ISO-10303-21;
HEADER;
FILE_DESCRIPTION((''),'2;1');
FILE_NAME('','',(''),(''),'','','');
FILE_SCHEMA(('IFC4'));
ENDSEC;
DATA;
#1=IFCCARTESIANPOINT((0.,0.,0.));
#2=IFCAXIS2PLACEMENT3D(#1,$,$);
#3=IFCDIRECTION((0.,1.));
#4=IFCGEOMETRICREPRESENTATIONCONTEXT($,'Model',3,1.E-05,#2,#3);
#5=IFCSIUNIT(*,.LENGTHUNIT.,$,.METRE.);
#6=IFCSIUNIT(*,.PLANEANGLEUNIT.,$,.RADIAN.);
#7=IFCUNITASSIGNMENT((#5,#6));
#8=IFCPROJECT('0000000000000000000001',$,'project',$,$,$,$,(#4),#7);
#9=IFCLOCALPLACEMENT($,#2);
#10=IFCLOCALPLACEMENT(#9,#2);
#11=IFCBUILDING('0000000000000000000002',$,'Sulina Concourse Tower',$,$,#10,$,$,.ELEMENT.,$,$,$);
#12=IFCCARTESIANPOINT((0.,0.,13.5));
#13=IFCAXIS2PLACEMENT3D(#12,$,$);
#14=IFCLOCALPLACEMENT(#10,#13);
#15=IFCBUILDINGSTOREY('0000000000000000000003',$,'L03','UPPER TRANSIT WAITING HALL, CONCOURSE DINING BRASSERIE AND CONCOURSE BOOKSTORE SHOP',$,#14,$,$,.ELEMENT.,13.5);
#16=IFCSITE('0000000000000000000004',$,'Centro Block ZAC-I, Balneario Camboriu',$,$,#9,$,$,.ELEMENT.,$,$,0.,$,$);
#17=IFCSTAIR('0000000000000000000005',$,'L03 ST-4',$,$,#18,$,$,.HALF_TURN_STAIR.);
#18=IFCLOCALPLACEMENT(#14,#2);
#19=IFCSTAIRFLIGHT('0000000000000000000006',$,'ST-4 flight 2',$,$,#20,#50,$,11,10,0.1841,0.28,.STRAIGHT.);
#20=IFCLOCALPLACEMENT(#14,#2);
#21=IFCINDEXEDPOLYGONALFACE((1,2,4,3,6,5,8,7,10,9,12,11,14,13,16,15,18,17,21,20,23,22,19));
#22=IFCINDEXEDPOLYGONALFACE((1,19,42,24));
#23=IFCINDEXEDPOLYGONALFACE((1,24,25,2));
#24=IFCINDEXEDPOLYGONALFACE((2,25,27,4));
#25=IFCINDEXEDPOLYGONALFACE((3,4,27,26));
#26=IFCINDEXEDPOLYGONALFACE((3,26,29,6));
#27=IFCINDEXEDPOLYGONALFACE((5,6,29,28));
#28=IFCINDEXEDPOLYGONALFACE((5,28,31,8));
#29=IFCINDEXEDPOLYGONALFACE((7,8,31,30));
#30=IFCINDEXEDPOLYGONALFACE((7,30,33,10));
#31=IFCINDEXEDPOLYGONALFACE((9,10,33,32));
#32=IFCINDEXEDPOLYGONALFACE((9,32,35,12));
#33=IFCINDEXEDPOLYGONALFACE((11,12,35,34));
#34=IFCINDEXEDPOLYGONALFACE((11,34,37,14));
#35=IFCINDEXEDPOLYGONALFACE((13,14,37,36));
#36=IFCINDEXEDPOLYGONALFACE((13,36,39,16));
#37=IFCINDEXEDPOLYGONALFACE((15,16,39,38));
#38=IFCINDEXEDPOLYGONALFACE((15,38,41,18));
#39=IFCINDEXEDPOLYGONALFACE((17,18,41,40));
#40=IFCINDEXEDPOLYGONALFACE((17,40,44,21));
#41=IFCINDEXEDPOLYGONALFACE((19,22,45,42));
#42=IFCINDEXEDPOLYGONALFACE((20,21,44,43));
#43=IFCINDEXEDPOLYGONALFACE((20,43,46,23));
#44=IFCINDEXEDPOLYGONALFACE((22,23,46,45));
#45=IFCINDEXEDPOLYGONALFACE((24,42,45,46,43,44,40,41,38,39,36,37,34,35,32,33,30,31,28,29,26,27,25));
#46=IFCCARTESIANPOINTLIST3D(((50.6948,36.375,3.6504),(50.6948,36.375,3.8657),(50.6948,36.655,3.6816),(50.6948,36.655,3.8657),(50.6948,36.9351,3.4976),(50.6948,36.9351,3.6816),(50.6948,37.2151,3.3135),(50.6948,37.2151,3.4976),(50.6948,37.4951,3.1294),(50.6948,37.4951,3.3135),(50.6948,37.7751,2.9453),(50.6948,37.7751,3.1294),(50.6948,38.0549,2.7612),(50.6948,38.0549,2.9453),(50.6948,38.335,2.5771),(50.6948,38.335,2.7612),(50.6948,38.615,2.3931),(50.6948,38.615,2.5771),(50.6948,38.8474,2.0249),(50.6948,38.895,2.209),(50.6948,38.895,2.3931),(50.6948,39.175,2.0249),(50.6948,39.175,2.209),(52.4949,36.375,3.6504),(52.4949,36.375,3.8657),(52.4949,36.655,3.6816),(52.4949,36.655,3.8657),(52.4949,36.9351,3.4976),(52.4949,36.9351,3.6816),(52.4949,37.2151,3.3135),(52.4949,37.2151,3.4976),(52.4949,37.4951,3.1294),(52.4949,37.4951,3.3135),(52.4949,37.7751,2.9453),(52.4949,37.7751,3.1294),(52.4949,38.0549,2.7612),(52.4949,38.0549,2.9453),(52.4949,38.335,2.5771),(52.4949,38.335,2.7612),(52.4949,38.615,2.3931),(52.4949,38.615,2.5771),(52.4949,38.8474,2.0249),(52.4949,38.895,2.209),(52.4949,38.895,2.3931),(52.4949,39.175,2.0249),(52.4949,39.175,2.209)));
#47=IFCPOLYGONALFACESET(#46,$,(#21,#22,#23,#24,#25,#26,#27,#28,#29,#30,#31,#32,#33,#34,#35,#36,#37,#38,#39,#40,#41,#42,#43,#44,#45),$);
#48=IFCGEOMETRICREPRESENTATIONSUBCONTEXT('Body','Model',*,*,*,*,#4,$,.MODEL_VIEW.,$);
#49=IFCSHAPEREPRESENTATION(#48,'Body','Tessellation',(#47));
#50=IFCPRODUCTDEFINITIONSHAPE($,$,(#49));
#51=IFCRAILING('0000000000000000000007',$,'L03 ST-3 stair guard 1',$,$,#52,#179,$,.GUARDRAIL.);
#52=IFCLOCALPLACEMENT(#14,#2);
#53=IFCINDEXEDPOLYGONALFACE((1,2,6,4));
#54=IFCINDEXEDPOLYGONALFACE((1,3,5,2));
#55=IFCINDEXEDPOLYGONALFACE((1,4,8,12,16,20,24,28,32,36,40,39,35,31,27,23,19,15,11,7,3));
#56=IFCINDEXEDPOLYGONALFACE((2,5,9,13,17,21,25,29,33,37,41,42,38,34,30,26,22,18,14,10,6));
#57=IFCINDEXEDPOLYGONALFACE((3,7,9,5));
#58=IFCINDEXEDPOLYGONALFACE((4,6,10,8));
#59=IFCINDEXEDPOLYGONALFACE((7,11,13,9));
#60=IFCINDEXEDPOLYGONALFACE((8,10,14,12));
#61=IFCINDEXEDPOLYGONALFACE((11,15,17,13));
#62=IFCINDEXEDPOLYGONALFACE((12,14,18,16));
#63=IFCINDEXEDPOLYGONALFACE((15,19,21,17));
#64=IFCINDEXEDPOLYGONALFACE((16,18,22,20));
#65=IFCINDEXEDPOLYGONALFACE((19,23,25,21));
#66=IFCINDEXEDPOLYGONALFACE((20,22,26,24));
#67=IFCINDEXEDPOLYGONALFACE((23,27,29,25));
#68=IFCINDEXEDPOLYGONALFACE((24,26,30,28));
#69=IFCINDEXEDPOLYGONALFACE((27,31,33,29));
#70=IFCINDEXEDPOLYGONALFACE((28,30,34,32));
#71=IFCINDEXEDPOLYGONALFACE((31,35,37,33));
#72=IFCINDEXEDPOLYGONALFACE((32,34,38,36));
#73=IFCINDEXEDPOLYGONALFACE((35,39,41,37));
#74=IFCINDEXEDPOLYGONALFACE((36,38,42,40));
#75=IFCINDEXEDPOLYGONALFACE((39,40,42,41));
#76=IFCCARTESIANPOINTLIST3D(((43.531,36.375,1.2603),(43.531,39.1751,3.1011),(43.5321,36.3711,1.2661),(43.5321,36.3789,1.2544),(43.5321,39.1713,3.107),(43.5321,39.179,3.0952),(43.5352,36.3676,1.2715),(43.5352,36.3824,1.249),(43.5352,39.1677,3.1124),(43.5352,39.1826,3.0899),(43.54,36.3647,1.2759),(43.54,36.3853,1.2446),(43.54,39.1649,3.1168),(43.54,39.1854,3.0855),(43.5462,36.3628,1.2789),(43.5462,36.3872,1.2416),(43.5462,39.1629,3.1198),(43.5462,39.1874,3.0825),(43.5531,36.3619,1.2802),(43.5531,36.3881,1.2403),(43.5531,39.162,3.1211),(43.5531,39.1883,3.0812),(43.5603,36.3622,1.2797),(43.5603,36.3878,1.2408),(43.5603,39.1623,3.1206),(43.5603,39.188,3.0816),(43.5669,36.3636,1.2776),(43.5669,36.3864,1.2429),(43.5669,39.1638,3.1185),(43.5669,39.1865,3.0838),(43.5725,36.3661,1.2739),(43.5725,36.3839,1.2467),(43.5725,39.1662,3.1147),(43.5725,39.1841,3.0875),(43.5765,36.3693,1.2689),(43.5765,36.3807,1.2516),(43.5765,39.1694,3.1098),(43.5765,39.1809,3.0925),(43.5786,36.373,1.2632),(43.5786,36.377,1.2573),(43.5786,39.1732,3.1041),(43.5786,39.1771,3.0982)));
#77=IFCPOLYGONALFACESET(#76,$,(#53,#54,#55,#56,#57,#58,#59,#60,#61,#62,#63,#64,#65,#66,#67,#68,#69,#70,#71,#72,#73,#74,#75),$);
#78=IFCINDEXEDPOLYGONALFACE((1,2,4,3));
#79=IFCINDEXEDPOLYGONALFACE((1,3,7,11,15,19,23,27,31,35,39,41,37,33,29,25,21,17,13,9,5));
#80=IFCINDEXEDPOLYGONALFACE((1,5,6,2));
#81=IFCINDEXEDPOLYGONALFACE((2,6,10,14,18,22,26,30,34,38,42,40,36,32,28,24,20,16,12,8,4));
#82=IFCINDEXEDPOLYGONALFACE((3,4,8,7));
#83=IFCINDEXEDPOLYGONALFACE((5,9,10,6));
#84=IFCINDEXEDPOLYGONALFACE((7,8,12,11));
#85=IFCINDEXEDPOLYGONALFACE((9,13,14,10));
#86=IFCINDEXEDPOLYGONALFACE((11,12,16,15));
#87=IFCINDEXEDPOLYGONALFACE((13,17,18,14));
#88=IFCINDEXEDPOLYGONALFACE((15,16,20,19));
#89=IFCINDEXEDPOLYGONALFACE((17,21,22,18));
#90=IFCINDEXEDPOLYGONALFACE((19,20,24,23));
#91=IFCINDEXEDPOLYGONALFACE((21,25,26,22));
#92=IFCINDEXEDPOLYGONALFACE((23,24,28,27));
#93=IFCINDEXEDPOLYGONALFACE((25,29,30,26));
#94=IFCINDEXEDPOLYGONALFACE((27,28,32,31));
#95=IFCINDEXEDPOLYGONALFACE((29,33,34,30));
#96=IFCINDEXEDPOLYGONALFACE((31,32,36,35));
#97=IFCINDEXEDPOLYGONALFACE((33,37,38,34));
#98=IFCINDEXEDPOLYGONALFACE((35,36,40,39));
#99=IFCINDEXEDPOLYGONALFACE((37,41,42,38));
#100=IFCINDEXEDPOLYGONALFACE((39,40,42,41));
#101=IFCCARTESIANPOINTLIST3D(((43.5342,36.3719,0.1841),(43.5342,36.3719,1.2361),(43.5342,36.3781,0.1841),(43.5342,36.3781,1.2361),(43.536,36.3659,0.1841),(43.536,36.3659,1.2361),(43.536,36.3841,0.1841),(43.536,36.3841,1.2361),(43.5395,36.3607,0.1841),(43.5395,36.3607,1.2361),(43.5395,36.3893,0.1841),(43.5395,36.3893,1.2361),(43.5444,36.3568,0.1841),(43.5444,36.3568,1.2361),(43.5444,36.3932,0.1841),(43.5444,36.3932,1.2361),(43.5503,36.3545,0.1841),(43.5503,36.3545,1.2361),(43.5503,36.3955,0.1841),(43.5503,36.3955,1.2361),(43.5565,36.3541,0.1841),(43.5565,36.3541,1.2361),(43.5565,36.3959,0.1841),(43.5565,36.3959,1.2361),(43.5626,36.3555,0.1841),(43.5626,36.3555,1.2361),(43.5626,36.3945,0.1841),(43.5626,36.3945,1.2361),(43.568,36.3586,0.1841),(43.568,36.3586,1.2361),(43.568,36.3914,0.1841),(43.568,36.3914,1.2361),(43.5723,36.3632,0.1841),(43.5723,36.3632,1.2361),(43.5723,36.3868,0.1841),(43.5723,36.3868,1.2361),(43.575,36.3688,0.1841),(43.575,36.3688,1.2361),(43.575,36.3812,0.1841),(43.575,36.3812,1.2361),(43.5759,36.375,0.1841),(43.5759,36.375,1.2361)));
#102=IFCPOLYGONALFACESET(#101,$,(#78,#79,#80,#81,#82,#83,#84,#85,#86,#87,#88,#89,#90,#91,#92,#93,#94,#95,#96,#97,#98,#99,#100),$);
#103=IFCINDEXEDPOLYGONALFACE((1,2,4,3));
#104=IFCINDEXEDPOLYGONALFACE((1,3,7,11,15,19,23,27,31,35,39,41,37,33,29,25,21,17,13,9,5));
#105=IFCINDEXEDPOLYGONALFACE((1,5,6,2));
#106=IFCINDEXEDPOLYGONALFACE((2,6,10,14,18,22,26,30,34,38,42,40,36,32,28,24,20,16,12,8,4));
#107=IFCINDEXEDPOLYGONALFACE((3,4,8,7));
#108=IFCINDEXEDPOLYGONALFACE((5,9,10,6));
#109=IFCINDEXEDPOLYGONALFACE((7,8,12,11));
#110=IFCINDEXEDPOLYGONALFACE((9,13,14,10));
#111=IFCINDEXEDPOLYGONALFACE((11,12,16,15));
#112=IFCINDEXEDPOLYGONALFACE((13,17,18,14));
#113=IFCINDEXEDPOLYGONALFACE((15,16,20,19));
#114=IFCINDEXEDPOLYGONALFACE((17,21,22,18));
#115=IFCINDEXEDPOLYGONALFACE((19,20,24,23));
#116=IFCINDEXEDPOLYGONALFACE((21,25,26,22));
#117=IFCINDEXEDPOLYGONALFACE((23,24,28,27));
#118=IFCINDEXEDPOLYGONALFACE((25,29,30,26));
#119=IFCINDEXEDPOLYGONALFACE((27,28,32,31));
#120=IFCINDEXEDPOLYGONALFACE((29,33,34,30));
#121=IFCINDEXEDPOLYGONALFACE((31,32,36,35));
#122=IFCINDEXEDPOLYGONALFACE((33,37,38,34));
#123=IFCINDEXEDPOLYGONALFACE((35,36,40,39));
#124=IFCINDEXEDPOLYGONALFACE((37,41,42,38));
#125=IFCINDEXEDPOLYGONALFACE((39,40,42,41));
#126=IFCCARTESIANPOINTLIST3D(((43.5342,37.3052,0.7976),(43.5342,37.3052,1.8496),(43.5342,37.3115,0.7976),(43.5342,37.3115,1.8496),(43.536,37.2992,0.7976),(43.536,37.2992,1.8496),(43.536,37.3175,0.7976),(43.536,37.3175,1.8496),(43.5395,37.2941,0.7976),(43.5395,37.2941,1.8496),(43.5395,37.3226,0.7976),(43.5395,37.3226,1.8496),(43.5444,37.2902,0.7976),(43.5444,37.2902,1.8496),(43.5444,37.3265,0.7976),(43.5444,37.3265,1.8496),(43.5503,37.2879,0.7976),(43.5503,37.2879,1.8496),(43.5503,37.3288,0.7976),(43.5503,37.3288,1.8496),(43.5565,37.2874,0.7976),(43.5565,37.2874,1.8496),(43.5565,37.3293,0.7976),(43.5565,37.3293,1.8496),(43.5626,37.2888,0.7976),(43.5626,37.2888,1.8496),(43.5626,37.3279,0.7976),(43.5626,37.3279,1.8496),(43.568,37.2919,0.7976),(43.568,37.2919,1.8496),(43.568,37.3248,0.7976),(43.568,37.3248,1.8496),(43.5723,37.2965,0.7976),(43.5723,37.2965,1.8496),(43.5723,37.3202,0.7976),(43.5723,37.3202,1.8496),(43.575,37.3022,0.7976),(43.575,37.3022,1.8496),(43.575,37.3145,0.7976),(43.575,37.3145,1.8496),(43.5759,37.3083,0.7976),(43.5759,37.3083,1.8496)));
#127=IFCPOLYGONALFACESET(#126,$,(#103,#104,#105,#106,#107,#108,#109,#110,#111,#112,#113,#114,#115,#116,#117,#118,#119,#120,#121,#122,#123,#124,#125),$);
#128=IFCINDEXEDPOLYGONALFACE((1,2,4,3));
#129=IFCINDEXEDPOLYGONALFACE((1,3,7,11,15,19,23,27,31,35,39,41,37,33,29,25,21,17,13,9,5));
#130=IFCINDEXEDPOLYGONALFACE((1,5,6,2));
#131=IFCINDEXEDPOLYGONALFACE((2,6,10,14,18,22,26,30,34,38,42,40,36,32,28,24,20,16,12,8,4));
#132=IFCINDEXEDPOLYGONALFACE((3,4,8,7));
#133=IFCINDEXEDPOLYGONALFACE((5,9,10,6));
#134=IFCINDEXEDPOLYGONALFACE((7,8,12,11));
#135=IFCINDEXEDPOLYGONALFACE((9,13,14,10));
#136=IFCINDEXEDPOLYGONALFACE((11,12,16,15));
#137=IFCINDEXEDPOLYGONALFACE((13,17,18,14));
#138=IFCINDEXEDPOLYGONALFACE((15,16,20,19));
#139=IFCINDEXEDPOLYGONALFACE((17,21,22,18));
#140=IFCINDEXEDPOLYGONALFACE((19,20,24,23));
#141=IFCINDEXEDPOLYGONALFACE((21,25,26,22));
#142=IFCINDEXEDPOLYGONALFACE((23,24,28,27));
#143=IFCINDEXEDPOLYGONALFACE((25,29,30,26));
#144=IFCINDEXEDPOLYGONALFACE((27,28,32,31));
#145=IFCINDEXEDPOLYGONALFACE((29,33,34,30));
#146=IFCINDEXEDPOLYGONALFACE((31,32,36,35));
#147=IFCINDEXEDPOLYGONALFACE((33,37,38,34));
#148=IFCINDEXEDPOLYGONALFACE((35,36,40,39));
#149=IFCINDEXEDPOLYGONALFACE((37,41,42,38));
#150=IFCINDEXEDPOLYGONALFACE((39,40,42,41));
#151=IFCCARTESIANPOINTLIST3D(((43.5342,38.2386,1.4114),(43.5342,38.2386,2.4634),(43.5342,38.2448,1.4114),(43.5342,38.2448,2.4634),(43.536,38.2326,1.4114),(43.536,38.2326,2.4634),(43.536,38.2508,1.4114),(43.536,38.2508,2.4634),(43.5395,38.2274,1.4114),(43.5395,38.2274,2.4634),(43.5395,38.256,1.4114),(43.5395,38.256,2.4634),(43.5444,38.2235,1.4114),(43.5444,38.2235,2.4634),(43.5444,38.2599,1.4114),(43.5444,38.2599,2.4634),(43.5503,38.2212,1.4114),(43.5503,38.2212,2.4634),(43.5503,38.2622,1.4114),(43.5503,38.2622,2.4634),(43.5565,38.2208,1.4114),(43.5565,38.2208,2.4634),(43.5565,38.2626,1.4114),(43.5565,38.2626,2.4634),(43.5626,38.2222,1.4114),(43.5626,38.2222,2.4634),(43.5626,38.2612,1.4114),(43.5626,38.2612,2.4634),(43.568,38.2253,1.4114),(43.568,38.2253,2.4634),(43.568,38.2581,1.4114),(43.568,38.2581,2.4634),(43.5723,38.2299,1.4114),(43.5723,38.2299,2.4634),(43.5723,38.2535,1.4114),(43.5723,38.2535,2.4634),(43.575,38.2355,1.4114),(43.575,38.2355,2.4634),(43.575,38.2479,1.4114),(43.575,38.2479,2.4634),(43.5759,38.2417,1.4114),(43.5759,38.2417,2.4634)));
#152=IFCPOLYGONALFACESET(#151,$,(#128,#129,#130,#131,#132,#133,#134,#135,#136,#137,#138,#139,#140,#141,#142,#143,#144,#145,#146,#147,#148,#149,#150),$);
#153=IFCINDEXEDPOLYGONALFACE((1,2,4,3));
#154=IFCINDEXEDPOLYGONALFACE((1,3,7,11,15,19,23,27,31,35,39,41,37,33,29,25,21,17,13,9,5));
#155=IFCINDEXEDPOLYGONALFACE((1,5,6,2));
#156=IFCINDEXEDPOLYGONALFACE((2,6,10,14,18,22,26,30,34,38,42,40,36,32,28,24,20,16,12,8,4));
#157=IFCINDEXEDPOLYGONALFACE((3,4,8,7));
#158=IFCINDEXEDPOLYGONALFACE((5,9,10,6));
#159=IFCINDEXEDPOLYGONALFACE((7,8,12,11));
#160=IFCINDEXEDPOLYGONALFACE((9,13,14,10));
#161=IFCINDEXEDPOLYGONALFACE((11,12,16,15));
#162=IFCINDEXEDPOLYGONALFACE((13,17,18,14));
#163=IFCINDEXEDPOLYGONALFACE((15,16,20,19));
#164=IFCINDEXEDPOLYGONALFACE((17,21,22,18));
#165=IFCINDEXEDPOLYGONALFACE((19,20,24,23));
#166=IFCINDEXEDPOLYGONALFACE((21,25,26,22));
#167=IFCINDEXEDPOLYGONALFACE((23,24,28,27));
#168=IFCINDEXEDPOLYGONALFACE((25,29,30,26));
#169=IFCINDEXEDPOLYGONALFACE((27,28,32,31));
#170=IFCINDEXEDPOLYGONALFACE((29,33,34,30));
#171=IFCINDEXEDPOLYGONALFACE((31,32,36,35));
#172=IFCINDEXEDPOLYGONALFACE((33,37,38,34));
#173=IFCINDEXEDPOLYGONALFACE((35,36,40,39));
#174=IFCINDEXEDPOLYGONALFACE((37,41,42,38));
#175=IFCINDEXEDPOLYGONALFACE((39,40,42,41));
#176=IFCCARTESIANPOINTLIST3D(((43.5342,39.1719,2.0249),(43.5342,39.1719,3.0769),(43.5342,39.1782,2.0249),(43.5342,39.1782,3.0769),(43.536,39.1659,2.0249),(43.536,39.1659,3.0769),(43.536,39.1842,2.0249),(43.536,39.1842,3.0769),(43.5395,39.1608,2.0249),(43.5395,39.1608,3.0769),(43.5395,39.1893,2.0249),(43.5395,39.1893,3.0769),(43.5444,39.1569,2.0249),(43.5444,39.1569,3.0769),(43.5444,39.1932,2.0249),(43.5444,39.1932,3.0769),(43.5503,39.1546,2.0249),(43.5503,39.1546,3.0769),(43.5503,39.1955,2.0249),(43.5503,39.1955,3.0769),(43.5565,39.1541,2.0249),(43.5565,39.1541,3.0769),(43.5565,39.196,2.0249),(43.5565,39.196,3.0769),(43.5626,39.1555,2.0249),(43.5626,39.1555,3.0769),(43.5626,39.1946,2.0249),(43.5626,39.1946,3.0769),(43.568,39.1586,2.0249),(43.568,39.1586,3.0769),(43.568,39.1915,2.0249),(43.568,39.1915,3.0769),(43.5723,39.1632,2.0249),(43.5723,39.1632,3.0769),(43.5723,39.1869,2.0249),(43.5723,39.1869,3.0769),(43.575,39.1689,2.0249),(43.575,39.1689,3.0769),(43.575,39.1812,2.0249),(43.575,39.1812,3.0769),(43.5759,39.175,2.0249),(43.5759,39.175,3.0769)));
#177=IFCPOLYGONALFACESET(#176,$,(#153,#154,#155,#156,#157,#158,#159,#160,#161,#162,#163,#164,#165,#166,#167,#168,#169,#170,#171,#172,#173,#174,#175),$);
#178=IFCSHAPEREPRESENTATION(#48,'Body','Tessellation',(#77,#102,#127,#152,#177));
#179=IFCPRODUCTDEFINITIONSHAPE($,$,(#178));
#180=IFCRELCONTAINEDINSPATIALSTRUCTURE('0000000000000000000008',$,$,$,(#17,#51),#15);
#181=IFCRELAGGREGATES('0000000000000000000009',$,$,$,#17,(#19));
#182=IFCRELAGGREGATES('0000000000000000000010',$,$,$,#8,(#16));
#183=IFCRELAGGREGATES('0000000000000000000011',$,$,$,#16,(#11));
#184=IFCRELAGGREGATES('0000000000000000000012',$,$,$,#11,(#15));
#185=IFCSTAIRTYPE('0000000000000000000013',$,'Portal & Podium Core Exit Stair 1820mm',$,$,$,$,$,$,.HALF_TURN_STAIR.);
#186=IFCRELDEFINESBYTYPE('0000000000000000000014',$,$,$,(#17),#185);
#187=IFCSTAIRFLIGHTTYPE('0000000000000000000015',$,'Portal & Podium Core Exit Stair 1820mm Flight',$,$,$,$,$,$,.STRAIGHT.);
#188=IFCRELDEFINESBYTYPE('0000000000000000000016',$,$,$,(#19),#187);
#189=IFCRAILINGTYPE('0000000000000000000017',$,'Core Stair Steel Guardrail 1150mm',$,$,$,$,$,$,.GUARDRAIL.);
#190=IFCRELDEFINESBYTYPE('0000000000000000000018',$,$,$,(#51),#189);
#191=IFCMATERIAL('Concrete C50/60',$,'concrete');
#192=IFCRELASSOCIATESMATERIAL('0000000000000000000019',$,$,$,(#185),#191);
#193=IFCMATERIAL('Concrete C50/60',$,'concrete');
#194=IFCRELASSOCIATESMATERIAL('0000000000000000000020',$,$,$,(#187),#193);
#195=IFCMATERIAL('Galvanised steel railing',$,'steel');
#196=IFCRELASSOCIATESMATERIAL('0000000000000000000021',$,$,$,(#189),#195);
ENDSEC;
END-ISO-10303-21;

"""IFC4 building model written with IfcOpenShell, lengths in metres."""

from ifc_helpers import new_model, si_unit, direction, frame, origin, origin_2d, place, context, subcontext, project, spatial, polyline, circle, outline, extrude, material, type_object, element, aggregate, save


model = new_model("IFC4")

# Units and contexts
model_context = context("Model", 3, precision=1e-05, world=origin(), true_north=direction((0.0, 1.0)))
body_context = subcontext(model_context, "Body", "Model", "MODEL_VIEW")
ifc_project = project(units=[si_unit("LENGTHUNIT", "METRE"), si_unit("PLANEANGLEUNIT", "RADIAN")], contexts=[model_context])

# Site, building, storey
site_placement = place(None, origin())
site = spatial("IfcSite", under=ifc_project, at=site_placement, Name="Centro Block ZAC-I, Balneario Camboriu", CompositionType="ELEMENT", RefElevation=0.0)
building_placement = place(site_placement, origin())
building = spatial("IfcBuilding", under=site, at=building_placement, Name="Sulina Concourse Tower", CompositionType="ELEMENT")
storey_placement = place(building_placement, frame((0.0, 0.0, 13.5)))
storey = spatial("IfcBuildingStorey", under=building, at=storey_placement, Name="L03", Description="UPPER TRANSIT WAITING HALL, CONCOURSE DINING BRASSERIE AND CONCOURSE BOOKSTORE SHOP", CompositionType="ELEMENT", Elevation=13.5)

# Shared definitions
ifc_material_1 = material(Name="Concrete C50/60", Category="concrete")
stair_type = type_object("IfcStairType", Name="Portal & Podium Core Exit Stair 1820mm", PredefinedType="HALF_TURN_STAIR", material=ifc_material_1)
ifc_material_2 = material(Name="Concrete C50/60", Category="concrete")
stair_flight_type = type_object("IfcStairFlightType", Name="Portal & Podium Core Exit Stair 1820mm Flight", PredefinedType="STRAIGHT", material=ifc_material_2)

# Stair, stair flight
stair_1_placement = place(storey_placement, origin())
stair_1 = element("IfcStair", 1, at=stair_1_placement, inside=storey, type_object=stair_type, Name="L03 ST-4", PredefinedType="HALF_TURN_STAIR")
stair_flight_1_placement = place(storey_placement, frame((51.595, 39.175, 2.0249), z_axis=(0.0, 0.0, 1.0), x_axis=(0.0, -1.0, 0.0)))
stair_flight_1 = element("IfcStairFlight", 2, at=stair_flight_1_placement, type_object=stair_flight_type, Name="ST-4 flight 2", NumberOfRisers=11, NumberOfTreads=10, PredefinedType="STRAIGHT", RiserHeight=0.1841, TreadLength=0.28, context=body_context, shape_type="SweptSolid", body=[
    extrude(outline(polyline([(0.0, 0.0), (0.0, 0.1841), (0.28, 0.1841), (0.28, 0.3682), (0.5601, 0.3682), (0.5601, 0.5522), (0.8401, 0.5522), (0.8401, 0.7363), (1.1201, 0.7363), (1.1201, 0.9204), (1.3999, 0.9204), (1.3999, 1.1045), (1.6799, 1.1045), (1.6799, 1.2886), (1.96, 1.2886), (1.96, 1.4727), (2.24, 1.4727), (2.24, 1.6567), (2.52, 1.6567), (2.52, 1.8408), (2.8, 1.8408), (2.8, 2.0249), (2.8, 1.6255), (0.3276, 0.0), (0.0, 0.0)])), frame((0.0, 0.8999, 0.0), z_axis=(0.0, -1.0, 0.0), x_axis=(1.0, 0.0, 0.0)), (0.0, 0.0, 1.0), 1.8),
])
aggregate(stair_1, [stair_flight_1])

# Railing
ifc_material_3 = material(Name="Galvanised steel railing", Category="steel")
railing_type_1 = type_object("IfcRailingType", Name="Core Stair Steel Guardrail 1150mm", PredefinedType="GUARDRAIL", material=ifc_material_3)
for number, where, name in (
    (3, (43.5549, 36.375, 0.1841), "L03 ST-3 stair guard 1"),
):
    element("IfcRailing", number, at=place(storey_placement, frame(where)), inside=storey, type_object=railing_type_1, Name=name, PredefinedType="GUARDRAIL", context=body_context, shape_type="SweptSolid", body=[
        extrude(circle(Radius=0.0239, at=origin_2d()), frame((0.0, 0.0, 1.0762), z_axis=(0.0, 0.835598, 0.549342), x_axis=(-1.0, 0.0, 0.0)), (0.0, 0.0, 1.0), 3.3511),
        extrude(circle(Radius=0.021, at=origin_2d()), origin(), (0.0, 0.0, 1.0), 1.052),
        extrude(circle(Radius=0.021, at=origin_2d()), frame((0.0, 0.9333, 0.6135)), (0.0, 0.0, 1.0), 1.052),
        extrude(circle(Radius=0.021, at=origin_2d()), frame((0.0, 1.8667, 1.2273)), (0.0, 0.0, 1.0), 1.052),
        extrude(circle(Radius=0.021, at=origin_2d()), frame((0.0, 2.8, 1.8408)), (0.0, 0.0, 1.0), 1.052),
    ])

save(model, "model.ifc")
